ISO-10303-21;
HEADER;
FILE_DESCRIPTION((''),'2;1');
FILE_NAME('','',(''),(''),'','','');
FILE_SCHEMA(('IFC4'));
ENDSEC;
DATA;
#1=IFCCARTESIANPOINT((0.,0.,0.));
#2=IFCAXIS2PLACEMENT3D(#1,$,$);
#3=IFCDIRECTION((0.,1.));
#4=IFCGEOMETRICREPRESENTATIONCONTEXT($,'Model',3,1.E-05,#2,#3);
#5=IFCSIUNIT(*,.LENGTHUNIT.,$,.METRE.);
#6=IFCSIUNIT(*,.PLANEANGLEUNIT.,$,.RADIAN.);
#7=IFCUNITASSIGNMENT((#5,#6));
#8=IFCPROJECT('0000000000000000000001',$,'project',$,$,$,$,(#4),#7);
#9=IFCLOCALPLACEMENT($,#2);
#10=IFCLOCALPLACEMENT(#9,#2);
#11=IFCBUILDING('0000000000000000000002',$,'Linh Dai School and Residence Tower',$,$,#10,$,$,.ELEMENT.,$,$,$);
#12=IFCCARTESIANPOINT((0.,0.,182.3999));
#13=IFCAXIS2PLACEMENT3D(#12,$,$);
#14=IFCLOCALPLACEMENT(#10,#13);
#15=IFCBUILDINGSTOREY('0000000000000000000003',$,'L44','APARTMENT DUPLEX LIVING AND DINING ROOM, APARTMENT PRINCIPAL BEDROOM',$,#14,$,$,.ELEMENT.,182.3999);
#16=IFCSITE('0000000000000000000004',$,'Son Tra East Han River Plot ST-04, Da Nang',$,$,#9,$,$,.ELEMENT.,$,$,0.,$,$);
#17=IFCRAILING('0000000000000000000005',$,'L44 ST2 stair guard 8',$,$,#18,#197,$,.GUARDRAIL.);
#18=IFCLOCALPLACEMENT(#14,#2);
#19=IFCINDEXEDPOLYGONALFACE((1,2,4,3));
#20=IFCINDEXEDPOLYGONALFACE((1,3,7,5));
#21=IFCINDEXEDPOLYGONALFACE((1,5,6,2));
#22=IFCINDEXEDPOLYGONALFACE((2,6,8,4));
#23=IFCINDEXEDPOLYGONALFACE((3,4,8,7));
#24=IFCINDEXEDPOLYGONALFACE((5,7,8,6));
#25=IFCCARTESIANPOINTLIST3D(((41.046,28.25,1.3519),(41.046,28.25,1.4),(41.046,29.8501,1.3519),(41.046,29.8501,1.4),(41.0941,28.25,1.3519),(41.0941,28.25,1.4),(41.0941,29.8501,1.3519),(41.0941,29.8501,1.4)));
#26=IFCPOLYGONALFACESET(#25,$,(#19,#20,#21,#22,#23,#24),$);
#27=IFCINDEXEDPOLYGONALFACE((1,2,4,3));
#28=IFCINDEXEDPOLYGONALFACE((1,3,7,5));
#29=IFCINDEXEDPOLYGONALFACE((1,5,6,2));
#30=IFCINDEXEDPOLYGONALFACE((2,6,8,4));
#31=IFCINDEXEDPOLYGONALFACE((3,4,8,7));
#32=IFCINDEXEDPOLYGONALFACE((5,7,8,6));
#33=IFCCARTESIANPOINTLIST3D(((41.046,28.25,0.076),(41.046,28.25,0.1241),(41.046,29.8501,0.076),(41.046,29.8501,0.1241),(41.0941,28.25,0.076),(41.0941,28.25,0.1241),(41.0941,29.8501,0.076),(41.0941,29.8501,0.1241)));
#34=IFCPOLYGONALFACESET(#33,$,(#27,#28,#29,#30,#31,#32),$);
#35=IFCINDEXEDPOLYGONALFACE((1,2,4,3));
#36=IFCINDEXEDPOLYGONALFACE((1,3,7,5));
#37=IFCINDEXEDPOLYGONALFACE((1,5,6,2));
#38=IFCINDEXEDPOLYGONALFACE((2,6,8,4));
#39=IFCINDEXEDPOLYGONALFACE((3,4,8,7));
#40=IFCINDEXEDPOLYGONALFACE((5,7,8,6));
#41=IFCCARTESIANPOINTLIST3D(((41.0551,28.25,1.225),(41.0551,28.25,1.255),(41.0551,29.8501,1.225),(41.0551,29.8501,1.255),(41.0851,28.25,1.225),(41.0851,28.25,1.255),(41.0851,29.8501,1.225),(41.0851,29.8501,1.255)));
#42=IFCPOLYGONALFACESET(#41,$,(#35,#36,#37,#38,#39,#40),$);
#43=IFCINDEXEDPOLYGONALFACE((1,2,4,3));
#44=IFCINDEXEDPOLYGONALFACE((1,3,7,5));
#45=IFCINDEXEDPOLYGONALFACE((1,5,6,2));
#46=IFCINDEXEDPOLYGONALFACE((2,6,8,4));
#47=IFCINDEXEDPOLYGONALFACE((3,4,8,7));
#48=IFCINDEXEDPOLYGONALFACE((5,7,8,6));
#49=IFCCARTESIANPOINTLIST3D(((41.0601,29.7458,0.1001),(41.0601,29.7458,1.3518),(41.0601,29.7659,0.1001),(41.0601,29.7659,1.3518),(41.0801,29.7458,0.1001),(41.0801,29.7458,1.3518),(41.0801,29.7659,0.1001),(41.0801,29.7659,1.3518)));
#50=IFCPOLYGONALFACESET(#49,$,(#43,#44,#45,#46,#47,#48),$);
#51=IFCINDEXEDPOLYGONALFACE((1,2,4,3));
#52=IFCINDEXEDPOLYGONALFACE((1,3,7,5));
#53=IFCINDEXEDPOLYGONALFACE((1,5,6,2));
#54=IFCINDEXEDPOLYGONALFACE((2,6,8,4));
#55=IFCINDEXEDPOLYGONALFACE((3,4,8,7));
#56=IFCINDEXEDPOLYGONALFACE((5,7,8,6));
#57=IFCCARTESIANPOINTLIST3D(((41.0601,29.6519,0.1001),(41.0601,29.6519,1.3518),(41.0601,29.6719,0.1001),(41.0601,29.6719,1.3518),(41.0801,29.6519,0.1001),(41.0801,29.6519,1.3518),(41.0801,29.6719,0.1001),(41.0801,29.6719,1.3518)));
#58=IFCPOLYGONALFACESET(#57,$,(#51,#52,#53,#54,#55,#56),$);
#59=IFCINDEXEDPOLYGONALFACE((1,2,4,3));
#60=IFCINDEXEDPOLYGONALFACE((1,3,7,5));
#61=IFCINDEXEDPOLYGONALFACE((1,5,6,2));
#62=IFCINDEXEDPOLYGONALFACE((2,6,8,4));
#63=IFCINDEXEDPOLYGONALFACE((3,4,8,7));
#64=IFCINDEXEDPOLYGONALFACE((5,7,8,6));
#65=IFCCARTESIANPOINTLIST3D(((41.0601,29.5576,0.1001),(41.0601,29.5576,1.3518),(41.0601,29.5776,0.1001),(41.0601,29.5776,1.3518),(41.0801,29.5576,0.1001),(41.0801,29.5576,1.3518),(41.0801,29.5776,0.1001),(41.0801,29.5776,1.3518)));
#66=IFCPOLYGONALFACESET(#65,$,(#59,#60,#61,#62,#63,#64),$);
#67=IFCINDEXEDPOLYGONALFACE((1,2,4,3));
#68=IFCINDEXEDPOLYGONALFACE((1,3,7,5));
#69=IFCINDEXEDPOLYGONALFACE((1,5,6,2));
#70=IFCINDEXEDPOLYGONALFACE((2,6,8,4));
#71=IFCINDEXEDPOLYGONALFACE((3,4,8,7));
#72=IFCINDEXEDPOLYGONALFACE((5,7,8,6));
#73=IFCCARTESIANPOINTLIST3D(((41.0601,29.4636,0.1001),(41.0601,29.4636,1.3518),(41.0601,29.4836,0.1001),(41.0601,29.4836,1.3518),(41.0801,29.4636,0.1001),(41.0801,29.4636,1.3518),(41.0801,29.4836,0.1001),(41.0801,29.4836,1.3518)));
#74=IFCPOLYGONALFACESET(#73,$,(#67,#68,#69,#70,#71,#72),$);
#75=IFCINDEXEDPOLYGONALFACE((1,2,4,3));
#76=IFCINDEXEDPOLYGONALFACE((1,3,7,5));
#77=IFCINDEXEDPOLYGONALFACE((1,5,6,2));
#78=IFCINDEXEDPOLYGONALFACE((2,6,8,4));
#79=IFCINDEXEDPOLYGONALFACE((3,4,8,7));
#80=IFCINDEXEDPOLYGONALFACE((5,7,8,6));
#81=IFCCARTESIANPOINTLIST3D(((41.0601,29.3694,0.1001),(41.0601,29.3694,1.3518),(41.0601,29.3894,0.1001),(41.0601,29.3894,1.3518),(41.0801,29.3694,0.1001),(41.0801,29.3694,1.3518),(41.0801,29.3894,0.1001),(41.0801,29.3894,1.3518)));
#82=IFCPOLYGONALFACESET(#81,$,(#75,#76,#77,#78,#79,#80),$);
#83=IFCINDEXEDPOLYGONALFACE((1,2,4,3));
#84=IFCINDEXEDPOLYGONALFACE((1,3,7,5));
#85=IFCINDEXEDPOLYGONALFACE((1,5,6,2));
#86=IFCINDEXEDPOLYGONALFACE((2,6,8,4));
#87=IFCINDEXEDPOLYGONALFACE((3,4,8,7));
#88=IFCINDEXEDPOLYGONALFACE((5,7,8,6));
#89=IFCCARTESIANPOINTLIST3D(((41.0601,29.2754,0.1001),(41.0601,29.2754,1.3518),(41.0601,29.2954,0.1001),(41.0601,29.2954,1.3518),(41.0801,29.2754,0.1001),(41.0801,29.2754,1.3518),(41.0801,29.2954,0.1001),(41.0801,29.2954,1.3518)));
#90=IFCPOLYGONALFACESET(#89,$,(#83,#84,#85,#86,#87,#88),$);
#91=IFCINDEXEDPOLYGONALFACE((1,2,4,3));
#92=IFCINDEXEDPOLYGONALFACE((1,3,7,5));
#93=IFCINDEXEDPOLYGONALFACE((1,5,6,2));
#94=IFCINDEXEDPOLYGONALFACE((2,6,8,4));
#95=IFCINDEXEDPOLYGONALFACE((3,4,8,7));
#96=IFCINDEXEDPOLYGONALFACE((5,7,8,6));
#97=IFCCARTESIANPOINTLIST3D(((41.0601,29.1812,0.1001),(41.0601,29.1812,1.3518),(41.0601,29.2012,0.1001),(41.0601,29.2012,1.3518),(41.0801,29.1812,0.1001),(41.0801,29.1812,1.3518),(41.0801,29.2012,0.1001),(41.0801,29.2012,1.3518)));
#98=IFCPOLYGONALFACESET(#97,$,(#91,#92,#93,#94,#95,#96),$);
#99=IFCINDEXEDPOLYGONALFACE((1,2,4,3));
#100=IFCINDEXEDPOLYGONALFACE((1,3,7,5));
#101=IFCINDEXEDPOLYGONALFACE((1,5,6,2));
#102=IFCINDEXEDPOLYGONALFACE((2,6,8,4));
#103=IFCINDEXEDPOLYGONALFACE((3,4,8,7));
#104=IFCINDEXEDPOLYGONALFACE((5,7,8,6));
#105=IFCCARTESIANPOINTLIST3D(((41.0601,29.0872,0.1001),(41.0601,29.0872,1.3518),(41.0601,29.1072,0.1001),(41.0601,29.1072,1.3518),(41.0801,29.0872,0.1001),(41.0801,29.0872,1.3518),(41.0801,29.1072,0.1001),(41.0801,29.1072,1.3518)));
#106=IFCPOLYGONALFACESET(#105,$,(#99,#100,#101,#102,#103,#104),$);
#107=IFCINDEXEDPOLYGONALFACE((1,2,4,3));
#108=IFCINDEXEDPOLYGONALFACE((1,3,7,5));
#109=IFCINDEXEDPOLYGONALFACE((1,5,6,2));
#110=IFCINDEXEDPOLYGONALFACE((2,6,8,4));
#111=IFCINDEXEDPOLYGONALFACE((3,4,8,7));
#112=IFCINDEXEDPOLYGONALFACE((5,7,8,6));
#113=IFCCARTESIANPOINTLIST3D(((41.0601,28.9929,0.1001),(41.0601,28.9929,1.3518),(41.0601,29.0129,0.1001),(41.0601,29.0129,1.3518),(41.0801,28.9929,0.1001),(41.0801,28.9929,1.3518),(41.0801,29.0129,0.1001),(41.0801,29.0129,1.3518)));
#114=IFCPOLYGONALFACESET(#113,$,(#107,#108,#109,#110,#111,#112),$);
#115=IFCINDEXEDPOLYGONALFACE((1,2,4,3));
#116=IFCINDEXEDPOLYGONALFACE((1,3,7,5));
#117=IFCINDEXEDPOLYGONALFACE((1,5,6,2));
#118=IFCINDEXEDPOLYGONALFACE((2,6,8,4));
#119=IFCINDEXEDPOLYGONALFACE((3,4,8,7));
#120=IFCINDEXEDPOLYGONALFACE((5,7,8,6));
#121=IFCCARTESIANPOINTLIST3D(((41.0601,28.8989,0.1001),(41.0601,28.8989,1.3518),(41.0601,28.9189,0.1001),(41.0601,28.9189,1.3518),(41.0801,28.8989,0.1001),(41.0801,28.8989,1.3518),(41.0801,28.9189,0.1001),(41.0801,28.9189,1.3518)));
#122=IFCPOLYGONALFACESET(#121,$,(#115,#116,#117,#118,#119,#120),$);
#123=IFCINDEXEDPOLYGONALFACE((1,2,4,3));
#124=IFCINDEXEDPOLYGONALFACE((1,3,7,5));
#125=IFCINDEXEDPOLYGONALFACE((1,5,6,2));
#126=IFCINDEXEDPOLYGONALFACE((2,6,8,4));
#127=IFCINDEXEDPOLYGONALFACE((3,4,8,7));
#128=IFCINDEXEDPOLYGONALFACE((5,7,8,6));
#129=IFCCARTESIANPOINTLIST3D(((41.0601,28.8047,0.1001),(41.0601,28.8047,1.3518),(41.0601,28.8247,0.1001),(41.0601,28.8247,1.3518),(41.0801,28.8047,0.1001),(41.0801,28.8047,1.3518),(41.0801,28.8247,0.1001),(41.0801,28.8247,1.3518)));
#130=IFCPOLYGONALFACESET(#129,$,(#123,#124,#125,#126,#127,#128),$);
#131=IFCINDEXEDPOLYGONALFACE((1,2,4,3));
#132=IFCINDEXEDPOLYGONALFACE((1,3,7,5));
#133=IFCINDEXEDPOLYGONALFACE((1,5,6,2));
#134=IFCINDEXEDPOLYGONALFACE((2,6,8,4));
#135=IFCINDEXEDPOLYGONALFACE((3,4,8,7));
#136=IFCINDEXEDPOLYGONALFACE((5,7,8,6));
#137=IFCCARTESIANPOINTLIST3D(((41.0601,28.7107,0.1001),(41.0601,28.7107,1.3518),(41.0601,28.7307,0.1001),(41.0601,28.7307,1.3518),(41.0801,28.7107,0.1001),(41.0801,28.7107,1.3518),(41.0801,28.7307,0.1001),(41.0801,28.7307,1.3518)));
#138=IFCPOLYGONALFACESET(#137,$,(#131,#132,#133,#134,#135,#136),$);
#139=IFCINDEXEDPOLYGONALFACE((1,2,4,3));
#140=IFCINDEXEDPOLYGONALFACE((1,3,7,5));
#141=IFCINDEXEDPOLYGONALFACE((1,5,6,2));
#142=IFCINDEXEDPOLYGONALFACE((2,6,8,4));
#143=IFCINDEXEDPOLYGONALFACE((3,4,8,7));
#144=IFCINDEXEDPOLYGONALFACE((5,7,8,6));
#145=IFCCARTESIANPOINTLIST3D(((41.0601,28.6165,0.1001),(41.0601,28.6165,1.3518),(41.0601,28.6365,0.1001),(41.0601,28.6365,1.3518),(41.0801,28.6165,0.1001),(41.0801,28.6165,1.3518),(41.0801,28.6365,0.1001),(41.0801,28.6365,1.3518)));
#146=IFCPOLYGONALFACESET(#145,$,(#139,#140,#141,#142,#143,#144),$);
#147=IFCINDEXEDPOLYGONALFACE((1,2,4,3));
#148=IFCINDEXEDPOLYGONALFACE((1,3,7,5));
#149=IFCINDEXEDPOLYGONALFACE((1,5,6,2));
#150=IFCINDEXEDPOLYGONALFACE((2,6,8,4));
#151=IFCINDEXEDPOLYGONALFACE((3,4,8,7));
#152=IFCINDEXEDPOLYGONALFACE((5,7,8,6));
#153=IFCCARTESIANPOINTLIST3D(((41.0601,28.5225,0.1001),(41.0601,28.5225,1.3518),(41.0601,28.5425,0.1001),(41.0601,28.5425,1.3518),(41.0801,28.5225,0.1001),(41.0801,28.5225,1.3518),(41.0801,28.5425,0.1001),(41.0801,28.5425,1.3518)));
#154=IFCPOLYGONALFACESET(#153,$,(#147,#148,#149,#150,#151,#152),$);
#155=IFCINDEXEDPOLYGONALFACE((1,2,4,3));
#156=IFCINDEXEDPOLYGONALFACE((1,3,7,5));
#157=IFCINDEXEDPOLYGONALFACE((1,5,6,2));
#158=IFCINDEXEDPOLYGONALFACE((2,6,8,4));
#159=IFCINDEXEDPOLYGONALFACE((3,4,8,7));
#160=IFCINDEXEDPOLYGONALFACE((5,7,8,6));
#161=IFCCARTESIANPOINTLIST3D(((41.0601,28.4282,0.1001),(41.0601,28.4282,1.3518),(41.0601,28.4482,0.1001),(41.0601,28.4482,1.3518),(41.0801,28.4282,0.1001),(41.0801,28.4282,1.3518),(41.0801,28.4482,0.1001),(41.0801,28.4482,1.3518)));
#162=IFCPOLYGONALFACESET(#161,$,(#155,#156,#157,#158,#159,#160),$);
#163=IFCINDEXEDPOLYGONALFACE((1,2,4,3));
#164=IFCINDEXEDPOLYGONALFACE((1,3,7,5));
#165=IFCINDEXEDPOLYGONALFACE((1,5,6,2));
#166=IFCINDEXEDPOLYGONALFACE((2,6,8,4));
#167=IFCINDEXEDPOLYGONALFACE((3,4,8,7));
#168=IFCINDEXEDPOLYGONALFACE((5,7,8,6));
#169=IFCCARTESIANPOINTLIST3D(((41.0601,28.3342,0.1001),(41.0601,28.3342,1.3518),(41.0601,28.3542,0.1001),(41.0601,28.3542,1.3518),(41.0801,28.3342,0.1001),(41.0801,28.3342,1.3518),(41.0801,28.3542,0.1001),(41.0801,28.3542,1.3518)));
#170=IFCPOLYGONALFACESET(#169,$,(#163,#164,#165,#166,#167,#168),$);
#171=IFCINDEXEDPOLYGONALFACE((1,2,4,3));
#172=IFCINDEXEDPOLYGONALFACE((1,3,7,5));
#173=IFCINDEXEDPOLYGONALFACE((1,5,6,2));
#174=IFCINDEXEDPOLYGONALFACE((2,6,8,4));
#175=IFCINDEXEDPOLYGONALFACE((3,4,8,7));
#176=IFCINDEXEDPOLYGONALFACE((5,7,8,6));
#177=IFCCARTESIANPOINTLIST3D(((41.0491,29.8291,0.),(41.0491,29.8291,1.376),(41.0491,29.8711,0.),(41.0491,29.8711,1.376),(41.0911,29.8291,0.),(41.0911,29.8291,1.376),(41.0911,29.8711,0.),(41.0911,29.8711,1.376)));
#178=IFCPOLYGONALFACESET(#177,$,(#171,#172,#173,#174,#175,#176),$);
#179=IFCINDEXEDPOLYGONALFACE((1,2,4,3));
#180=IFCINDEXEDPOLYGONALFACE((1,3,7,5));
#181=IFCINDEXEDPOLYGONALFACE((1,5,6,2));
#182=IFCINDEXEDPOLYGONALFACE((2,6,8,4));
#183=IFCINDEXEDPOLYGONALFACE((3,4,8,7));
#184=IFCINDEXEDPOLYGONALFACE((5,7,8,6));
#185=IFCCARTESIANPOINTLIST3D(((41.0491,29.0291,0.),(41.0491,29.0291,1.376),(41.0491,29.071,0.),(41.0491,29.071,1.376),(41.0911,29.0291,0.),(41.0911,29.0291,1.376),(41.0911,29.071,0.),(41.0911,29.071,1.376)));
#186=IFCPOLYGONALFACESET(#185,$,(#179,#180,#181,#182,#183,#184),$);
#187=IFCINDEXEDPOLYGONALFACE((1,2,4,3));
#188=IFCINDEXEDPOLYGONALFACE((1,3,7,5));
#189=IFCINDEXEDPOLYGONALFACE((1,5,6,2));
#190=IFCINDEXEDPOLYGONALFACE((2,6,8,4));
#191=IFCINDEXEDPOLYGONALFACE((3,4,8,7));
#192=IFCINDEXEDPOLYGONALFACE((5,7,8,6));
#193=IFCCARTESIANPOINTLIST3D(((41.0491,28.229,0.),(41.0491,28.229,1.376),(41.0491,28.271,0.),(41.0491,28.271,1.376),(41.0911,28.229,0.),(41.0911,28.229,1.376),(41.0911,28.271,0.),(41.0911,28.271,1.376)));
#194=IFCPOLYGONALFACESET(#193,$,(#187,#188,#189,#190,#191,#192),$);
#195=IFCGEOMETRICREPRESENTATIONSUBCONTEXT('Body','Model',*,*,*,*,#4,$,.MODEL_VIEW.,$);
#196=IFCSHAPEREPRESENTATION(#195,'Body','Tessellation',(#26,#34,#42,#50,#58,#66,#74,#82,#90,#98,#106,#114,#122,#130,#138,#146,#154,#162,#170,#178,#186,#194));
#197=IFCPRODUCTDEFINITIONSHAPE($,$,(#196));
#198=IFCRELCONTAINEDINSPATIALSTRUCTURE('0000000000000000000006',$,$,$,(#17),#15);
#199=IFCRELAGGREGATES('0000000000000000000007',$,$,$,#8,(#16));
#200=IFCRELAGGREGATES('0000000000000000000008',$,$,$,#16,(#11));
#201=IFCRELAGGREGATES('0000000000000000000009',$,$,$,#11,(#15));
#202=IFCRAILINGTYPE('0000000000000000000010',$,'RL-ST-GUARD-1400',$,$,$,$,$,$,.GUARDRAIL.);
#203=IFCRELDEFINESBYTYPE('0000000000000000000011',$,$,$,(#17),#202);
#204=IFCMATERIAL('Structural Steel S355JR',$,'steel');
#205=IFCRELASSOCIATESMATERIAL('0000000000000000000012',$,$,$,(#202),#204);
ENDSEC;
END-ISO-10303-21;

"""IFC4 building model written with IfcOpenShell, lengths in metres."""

from ifc_helpers import new_model, si_unit, direction, frame, origin, origin_2d, place, context, subcontext, project, spatial, rectangle, extrude, source, transform, mapped, material, type_object, element, save


model = new_model("IFC4")

# Units and contexts
model_context = context("Model", 3, precision=1e-05, world=origin(), true_north=direction((0.0, 1.0)))
body_context = subcontext(model_context, "Body", "Model", "MODEL_VIEW")
ifc_project = project(units=[si_unit("LENGTHUNIT", "METRE"), si_unit("PLANEANGLEUNIT", "RADIAN")], contexts=[model_context])

# Site, building, storey
site_placement = place(None, origin())
site = spatial("IfcSite", under=ifc_project, at=site_placement, Name="Son Tra East Han River Plot ST-04, Da Nang", CompositionType="ELEMENT", RefElevation=0.0)
building_placement = place(site_placement, origin())
building = spatial("IfcBuilding", under=site, at=building_placement, Name="Linh Dai School and Residence Tower", CompositionType="ELEMENT")
storey_placement = place(building_placement, frame((0.0, 0.0, 182.3999)))
storey = spatial("IfcBuildingStorey", under=building, at=storey_placement, Name="L44", Description="APARTMENT DUPLEX LIVING AND DINING ROOM, APARTMENT PRINCIPAL BEDROOM", CompositionType="ELEMENT", Elevation=182.3999)

# Shared definitions
ifc_material_1 = material(Name="Structural Steel S355JR", Category="steel")

# Railing
railing_type_1 = type_object("IfcRailingType", Name="RL-ST-GUARD-1400", PredefinedType="GUARDRAIL", material=ifc_material_1)
shared_shape_1 = source(origin(), body_context, "Body", "SweptSolid", [
    extrude(rectangle(XDim=0.0481, YDim=0.0481, at=origin_2d()), frame((0.0, 0.0, 1.376), z_axis=(0.0, -1.0, 0.0), x_axis=(1.0, 0.0, 0.0)), (0.0, 0.0, 1.0), 1.6001),
    extrude(rectangle(XDim=0.0481, YDim=0.0481, at=origin_2d()), frame((0.0, 0.0, 0.1001), z_axis=(0.0, -1.0, 0.0), x_axis=(1.0, 0.0, 0.0)), (0.0, 0.0, 1.0), 1.6001),
    extrude(rectangle(XDim=0.03, YDim=0.03, at=origin_2d()), frame((0.0, 0.0, 1.24), z_axis=(0.0, -1.0, 0.0), x_axis=(1.0, 0.0, 0.0)), (0.0, 0.0, 1.0), 1.6001),
    extrude(rectangle(XDim=0.02, YDim=0.02, at=origin_2d()), frame((0.0, -0.0942, 0.1001)), (0.0, 0.0, 1.0), 1.2517),
    extrude(rectangle(XDim=0.02, YDim=0.02, at=origin_2d()), frame((0.0, -0.1882, 0.1001)), (0.0, 0.0, 1.0), 1.2517),
    extrude(rectangle(XDim=0.02, YDim=0.02, at=origin_2d()), frame((0.0, -0.2825, 0.1001)), (0.0, 0.0, 1.0), 1.2517),
    extrude(rectangle(XDim=0.02, YDim=0.02, at=origin_2d()), frame((0.0, -0.3765, 0.1001)), (0.0, 0.0, 1.0), 1.2517),
    extrude(rectangle(XDim=0.02, YDim=0.02, at=origin_2d()), frame((0.0, -0.4707, 0.1001)), (0.0, 0.0, 1.0), 1.2517),
    extrude(rectangle(XDim=0.02, YDim=0.02, at=origin_2d()), frame((0.0, -0.5647, 0.1001)), (0.0, 0.0, 1.0), 1.2517),
    extrude(rectangle(XDim=0.02, YDim=0.02, at=origin_2d()), frame((0.0, -0.6589, 0.1001)), (0.0, 0.0, 1.0), 1.2517),
    extrude(rectangle(XDim=0.02, YDim=0.02, at=origin_2d()), frame((0.0, -0.7529, 0.1001)), (0.0, 0.0, 1.0), 1.2517),
    extrude(rectangle(XDim=0.02, YDim=0.02, at=origin_2d()), frame((0.0, -0.8472, 0.1001)), (0.0, 0.0, 1.0), 1.2517),
    extrude(rectangle(XDim=0.02, YDim=0.02, at=origin_2d()), frame((0.0, -0.9412, 0.1001)), (0.0, 0.0, 1.0), 1.2517),
    extrude(rectangle(XDim=0.02, YDim=0.02, at=origin_2d()), frame((0.0, -1.0354, 0.1001)), (0.0, 0.0, 1.0), 1.2517),
    extrude(rectangle(XDim=0.02, YDim=0.02, at=origin_2d()), frame((0.0, -1.1294, 0.1001)), (0.0, 0.0, 1.0), 1.2517),
    extrude(rectangle(XDim=0.02, YDim=0.02, at=origin_2d()), frame((0.0, -1.2236, 0.1001)), (0.0, 0.0, 1.0), 1.2517),
    extrude(rectangle(XDim=0.02, YDim=0.02, at=origin_2d()), frame((0.0, -1.3176, 0.1001)), (0.0, 0.0, 1.0), 1.2517),
    extrude(rectangle(XDim=0.02, YDim=0.02, at=origin_2d()), frame((0.0, -1.4119, 0.1001)), (0.0, 0.0, 1.0), 1.2517),
    extrude(rectangle(XDim=0.02, YDim=0.02, at=origin_2d()), frame((0.0, -1.5059, 0.1001)), (0.0, 0.0, 1.0), 1.2517),
    extrude(rectangle(XDim=0.042, YDim=0.042, at=origin_2d()), origin(), (0.0, 0.0, 1.0), 1.376),
    extrude(rectangle(XDim=0.042, YDim=0.042, at=origin_2d()), frame((0.0, -0.8, 0.0)), (0.0, 0.0, 1.0), 1.376),
    extrude(rectangle(XDim=0.042, YDim=0.042, at=origin_2d()), frame((0.0, -1.6001, 0.0)), (0.0, 0.0, 1.0), 1.376),
])
for number, where, name in (
    (1, (41.0701, 29.8501, 0.0), "L44 ST2 stair guard 8"),
):
    element("IfcRailing", number, at=place(storey_placement, frame(where)), inside=storey, type_object=railing_type_1, Name=name, PredefinedType="GUARDRAIL", context=body_context, shape_type="MappedRepresentation", body=[
        mapped(shared_shape_1, transform((0.0, 0.0, 0.0), x_axis=(1.0, 0.0, 0.0), y_axis=(0.0, 1.0, 0.0), z_axis=(0.0, 0.0, 1.0), scale=1.0)),
    ])

save(model, "model.ifc")
